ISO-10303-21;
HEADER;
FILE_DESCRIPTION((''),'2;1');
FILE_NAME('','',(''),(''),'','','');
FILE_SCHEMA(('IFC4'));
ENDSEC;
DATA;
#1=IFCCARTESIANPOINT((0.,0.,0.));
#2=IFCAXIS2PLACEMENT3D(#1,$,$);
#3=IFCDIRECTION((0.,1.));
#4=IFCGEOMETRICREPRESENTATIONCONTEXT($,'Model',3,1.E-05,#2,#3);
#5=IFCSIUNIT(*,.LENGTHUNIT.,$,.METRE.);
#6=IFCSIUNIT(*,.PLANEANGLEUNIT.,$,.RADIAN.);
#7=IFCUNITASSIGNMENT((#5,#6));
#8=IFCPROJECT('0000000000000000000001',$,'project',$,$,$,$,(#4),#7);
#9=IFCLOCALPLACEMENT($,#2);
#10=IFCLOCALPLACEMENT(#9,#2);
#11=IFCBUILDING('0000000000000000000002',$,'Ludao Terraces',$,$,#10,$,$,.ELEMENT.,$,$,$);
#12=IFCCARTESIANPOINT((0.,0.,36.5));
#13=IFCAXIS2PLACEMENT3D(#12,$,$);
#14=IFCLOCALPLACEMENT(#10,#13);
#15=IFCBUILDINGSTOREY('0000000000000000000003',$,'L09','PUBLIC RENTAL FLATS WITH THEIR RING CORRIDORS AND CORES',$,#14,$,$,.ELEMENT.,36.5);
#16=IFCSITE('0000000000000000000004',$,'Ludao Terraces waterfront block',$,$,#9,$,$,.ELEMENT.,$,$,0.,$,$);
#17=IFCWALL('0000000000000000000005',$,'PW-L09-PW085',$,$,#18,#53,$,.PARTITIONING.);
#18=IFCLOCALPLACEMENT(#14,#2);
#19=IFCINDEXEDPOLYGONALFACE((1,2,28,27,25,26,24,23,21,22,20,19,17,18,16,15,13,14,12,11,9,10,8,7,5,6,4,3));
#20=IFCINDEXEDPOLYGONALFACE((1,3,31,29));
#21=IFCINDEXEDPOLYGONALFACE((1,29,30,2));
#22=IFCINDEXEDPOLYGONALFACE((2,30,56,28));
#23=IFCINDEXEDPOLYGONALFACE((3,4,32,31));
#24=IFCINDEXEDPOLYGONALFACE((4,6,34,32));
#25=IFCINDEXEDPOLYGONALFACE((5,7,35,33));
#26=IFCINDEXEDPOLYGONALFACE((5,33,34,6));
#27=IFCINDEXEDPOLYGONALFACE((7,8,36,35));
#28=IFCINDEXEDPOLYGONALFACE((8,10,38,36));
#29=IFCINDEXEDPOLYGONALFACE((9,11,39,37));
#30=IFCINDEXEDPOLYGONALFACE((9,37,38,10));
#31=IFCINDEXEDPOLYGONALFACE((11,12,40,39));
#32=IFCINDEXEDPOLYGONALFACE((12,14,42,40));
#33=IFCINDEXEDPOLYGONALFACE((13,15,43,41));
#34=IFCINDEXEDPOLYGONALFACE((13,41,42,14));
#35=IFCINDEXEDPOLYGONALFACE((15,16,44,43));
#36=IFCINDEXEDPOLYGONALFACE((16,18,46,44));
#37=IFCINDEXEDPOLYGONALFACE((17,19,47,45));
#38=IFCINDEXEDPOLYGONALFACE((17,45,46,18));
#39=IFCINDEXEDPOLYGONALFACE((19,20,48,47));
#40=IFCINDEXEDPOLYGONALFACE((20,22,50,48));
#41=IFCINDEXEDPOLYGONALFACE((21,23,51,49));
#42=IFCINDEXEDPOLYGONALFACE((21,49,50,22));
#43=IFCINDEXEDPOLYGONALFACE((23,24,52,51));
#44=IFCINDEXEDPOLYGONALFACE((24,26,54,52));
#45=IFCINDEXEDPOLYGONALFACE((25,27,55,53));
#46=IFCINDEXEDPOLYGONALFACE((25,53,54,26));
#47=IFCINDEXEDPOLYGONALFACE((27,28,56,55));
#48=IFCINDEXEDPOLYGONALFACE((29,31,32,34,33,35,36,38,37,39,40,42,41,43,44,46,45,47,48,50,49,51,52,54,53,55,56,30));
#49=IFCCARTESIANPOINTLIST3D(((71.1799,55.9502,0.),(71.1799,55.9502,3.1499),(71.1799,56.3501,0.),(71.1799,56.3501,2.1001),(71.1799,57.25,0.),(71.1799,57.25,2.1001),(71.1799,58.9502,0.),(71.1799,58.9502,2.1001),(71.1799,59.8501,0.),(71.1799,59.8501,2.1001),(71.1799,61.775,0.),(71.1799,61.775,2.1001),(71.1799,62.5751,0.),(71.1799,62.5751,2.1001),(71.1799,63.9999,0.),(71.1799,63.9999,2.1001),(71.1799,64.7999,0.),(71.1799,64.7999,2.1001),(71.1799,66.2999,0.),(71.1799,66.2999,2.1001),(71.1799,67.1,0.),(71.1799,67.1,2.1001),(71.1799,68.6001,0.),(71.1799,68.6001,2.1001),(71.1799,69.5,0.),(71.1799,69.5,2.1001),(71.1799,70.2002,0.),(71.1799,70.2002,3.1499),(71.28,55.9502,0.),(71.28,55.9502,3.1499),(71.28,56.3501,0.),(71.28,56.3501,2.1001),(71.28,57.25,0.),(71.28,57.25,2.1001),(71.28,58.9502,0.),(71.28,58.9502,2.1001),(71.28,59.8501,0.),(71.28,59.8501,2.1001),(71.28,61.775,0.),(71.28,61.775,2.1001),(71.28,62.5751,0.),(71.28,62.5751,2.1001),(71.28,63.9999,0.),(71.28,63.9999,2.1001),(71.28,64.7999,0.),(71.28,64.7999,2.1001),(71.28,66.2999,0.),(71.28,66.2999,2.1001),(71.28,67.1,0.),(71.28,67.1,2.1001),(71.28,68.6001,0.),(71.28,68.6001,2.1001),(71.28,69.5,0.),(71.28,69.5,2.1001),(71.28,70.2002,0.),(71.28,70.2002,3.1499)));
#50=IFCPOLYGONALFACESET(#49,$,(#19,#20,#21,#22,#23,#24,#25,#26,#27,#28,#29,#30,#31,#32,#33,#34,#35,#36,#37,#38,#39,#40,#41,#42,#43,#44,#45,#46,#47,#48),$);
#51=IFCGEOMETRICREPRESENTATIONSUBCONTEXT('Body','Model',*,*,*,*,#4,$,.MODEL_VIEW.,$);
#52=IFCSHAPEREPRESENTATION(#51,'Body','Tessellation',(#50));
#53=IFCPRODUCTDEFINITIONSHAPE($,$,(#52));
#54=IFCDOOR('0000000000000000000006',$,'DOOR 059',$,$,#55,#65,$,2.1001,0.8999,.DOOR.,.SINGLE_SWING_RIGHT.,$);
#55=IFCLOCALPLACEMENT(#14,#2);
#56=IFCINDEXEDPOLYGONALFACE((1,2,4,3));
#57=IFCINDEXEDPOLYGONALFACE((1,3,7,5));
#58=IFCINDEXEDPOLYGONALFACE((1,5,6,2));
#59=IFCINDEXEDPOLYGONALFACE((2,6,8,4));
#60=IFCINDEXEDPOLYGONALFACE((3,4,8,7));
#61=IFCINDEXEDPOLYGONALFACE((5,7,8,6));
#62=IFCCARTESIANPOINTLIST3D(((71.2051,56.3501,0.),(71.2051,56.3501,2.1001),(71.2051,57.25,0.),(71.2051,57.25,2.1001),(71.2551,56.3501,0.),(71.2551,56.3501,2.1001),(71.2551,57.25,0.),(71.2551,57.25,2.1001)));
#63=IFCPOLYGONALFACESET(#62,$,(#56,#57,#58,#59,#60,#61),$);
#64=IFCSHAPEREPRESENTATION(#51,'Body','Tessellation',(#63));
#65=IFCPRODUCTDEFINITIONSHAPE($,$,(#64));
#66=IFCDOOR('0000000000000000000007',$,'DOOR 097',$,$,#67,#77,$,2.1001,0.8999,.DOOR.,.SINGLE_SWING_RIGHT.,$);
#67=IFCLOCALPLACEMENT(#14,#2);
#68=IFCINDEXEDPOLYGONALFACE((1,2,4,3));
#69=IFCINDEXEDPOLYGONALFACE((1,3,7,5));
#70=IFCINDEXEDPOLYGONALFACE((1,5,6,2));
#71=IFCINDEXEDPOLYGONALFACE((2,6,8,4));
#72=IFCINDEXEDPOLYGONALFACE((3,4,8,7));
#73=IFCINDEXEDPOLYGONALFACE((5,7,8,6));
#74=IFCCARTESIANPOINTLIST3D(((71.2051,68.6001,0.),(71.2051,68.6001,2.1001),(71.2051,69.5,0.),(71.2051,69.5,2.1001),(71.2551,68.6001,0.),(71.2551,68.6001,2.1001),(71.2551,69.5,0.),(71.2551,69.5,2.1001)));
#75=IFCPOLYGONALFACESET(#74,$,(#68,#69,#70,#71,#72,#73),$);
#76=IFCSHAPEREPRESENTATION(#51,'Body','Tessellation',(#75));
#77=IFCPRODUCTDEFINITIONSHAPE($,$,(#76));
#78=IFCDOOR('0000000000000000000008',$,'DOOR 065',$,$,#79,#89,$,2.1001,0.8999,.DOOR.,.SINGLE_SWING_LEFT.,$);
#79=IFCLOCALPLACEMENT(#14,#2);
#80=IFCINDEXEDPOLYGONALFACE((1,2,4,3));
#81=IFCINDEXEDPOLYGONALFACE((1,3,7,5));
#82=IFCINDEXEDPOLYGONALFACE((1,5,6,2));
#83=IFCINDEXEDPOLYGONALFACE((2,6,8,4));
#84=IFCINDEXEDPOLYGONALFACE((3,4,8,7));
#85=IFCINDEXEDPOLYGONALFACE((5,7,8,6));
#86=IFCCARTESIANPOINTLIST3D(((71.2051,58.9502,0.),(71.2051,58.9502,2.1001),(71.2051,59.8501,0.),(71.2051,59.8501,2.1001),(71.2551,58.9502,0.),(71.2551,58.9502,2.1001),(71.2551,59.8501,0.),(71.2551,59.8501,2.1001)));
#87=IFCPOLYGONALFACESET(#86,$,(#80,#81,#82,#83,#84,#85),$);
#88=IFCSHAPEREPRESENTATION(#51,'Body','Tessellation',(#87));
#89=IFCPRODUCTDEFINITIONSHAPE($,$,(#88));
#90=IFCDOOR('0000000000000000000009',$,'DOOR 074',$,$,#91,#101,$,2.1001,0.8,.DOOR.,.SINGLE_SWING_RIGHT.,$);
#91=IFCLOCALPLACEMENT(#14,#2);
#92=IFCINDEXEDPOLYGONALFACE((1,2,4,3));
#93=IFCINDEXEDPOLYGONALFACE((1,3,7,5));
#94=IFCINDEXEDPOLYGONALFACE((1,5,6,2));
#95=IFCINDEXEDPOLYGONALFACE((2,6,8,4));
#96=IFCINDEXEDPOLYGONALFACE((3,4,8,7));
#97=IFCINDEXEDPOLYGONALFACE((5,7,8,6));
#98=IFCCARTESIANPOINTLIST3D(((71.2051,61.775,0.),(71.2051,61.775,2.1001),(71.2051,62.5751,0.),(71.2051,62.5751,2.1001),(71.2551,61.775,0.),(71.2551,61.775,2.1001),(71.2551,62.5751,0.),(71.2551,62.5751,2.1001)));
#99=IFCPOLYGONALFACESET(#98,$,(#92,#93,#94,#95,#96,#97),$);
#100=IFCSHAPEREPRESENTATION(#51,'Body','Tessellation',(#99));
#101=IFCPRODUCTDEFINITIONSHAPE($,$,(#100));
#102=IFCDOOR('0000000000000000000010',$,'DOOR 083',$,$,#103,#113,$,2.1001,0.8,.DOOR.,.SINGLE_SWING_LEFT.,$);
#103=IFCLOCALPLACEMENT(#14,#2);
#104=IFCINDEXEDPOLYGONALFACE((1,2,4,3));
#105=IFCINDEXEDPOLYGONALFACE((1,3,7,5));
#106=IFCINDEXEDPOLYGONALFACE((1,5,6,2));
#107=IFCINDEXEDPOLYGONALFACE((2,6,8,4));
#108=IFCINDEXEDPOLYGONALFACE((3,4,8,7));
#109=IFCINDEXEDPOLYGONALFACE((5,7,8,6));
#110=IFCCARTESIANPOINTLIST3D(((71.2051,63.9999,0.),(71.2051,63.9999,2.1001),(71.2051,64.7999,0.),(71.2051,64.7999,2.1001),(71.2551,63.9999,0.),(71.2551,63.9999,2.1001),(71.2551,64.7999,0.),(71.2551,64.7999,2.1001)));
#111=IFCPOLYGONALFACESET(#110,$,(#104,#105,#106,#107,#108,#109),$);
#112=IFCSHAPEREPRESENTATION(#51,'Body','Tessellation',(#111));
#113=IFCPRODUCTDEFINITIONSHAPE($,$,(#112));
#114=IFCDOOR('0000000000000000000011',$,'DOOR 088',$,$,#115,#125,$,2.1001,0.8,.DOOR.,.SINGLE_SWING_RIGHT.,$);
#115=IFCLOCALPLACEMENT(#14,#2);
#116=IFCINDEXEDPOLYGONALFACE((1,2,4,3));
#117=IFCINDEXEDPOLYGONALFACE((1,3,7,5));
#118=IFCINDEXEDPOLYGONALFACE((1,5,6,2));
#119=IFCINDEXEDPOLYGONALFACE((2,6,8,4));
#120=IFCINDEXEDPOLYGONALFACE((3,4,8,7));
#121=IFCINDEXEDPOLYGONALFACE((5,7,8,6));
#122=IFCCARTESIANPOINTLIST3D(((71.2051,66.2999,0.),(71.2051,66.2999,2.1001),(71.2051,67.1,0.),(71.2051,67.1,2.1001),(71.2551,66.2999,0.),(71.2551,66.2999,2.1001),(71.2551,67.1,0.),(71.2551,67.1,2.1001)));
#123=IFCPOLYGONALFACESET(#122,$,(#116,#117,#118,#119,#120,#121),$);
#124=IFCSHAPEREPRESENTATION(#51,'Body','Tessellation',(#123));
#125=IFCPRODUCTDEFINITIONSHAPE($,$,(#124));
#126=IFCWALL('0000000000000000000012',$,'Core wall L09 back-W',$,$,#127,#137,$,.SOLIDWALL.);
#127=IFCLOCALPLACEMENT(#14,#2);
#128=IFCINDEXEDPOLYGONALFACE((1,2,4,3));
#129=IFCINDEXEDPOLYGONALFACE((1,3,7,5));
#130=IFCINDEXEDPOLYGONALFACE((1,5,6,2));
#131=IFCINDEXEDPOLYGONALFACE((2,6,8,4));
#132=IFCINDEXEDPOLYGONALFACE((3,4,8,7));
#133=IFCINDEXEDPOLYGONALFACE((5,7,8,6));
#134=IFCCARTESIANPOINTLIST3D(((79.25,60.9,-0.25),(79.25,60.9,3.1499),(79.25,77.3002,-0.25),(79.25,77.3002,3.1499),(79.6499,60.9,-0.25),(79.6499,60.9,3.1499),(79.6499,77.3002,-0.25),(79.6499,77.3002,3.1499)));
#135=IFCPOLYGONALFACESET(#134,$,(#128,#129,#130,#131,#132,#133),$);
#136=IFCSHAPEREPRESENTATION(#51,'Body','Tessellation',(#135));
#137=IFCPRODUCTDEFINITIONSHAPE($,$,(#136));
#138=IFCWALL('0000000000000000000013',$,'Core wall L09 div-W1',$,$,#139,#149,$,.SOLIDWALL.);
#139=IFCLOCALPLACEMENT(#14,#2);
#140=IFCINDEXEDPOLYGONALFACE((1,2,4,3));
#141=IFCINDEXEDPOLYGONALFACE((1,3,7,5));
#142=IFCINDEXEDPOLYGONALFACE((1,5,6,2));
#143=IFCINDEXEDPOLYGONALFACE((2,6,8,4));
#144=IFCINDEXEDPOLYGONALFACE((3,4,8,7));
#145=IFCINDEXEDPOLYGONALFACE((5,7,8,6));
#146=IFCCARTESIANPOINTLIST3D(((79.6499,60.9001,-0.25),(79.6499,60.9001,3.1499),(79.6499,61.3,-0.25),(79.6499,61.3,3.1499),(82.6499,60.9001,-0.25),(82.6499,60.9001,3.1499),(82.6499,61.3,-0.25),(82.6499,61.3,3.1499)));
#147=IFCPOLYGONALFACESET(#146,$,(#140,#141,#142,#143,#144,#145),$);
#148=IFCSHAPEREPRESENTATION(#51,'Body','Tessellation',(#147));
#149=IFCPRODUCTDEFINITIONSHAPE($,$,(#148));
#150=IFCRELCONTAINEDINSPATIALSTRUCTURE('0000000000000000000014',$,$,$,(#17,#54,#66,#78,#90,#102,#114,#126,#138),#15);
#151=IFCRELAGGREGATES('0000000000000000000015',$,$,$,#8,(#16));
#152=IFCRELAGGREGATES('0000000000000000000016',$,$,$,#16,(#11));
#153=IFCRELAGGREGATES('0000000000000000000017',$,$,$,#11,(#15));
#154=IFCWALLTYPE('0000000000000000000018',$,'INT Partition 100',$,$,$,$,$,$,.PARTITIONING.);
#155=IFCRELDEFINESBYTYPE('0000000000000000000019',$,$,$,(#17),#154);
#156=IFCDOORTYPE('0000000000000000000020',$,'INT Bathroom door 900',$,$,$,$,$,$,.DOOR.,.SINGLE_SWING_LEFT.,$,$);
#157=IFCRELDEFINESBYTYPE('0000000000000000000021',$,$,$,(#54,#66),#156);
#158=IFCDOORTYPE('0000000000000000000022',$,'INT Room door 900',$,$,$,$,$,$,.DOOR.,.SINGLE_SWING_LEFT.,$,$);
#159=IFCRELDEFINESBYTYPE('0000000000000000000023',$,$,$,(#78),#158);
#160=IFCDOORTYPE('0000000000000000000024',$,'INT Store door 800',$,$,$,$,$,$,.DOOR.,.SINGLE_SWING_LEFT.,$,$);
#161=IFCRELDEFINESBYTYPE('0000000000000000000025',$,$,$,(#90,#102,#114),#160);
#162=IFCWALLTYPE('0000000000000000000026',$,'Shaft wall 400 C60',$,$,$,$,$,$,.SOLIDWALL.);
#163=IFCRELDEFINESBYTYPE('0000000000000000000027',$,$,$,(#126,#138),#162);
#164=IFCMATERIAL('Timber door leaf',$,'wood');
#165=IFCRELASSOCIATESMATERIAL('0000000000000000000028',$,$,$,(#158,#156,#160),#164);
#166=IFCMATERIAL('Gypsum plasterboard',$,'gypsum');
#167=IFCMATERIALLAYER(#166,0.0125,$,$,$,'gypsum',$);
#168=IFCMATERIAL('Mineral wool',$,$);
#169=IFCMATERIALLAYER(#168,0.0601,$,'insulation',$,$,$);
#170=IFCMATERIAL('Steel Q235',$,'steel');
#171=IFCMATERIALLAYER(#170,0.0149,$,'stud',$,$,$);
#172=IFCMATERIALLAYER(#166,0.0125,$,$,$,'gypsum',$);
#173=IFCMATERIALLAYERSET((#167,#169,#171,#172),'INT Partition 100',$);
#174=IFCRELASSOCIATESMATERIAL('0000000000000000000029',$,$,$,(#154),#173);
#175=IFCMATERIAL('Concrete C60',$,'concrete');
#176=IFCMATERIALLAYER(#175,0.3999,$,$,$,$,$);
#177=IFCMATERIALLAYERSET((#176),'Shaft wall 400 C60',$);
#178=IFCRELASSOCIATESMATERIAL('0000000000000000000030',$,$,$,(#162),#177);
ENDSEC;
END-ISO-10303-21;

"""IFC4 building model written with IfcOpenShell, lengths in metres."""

from ifc_helpers import new_model, si_unit, direction, frame, frame_2d, origin, place, context, subcontext, project, spatial, rectangle, extrude, material, layer, layer_set, type_object, element, fill, save


model = new_model("IFC4")

# Units and contexts
model_context = context("Model", 3, precision=1e-05, world=origin(), true_north=direction((0.0, 1.0)))
body_context = subcontext(model_context, "Body", "Model", "MODEL_VIEW")
ifc_project = project(units=[si_unit("LENGTHUNIT", "METRE"), si_unit("PLANEANGLEUNIT", "RADIAN")], contexts=[model_context])

# Site, building, storey
site_placement = place(None, origin())
site = spatial("IfcSite", under=ifc_project, at=site_placement, Name="Ludao Terraces waterfront block", CompositionType="ELEMENT", RefElevation=0.0)
building_placement = place(site_placement, origin())
building = spatial("IfcBuilding", under=site, at=building_placement, Name="Ludao Terraces", CompositionType="ELEMENT")
storey_placement = place(building_placement, frame((0.0, 0.0, 36.5)))
storey = spatial("IfcBuildingStorey", under=building, at=storey_placement, Name="L09", Description="PUBLIC RENTAL FLATS WITH THEIR RING CORRIDORS AND CORES", CompositionType="ELEMENT", Elevation=36.5)

# Shared definitions
ifc_material_1 = material(Name="Concrete C60", Category="concrete")

# Shared definitions
ifc_material_2 = material(Name="Steel Q235", Category="steel")
ifc_material_3 = material(Name="Mineral wool")
ifc_material_4 = material(Name="Timber door leaf", Category="wood")
door_type_1 = type_object("IfcDoorType", Name="INT Room door 900", OperationType="SINGLE_SWING_LEFT", PredefinedType="DOOR", material=ifc_material_4)

# Shared definitions
ifc_material_5 = material(Name="Gypsum plasterboard", Category="gypsum")
ifc_layer_1 = layer(ifc_material_5, 0.0125, Category="gypsum")
ifc_layer_2 = layer(ifc_material_3, 0.0601, Name="insulation")
ifc_layer_3 = layer(ifc_material_2, 0.0149, Name="stud")
ifc_layer_4 = layer(ifc_material_5, 0.0125, Category="gypsum")
ifc_layer_set_1 = layer_set([ifc_layer_1, ifc_layer_2, ifc_layer_3, ifc_layer_4], Name="INT Partition 100")
wall_type_1 = type_object("IfcWallType", Name="INT Partition 100", PredefinedType="PARTITIONING", material=ifc_layer_set_1)

# Wall, openings, doors
wall_1_placement = place(storey_placement, frame((71.23, 55.9502, 0.0), z_axis=(0.0, 0.0, 1.0), x_axis=(0.0, 1.0, 0.0)))
wall_1 = element("IfcWall", 1, at=wall_1_placement, inside=storey, type_object=wall_type_1, Name="PW-L09-PW085", PredefinedType="PARTITIONING", context=body_context, shape_type="SweptSolid", body=[
    extrude(rectangle(XDim=14.25, YDim=0.1001, at=frame_2d((7.125, 0.0))), origin(), (0.0, 0.0, 1.0), 3.1499),
])
opening_1_placement = place(wall_1_placement, frame((0.3999, 0.0, 0.0)))
opening_1 = element("IfcOpeningElement", 2, at=opening_1_placement, cuts=wall_1, PredefinedType="OPENING", context=body_context, shape_type="SweptSolid", body=[
    extrude(rectangle(XDim=0.8999, YDim=2.1001, at=frame_2d((0.45, 1.05))), frame((0.0, 0.0601, 0.0), z_axis=(0.0, -1.0, 0.0), x_axis=(1.0, 0.0, 0.0)), (0.0, 0.0, 1.0), 0.1201),
])
opening_2_placement = place(wall_1_placement, frame((3.0, 0.0, 0.0)))
opening_2 = element("IfcOpeningElement", 3, at=opening_2_placement, cuts=wall_1, PredefinedType="OPENING", context=body_context, shape_type="SweptSolid", body=[
    extrude(rectangle(XDim=0.8999, YDim=2.1001, at=frame_2d((0.45, 1.05))), frame((0.0, 0.0601, 0.0), z_axis=(0.0, -1.0, 0.0), x_axis=(1.0, 0.0, 0.0)), (0.0, 0.0, 1.0), 0.1201),
])
opening_3_placement = place(wall_1_placement, frame((5.825, 0.0, 0.0)))
opening_3 = element("IfcOpeningElement", 4, at=opening_3_placement, cuts=wall_1, PredefinedType="OPENING", context=body_context, shape_type="SweptSolid", body=[
    extrude(rectangle(XDim=0.8, YDim=2.1001, at=frame_2d((0.3999, 1.05))), frame((0.0, 0.0601, 0.0), z_axis=(0.0, -1.0, 0.0), x_axis=(1.0, 0.0, 0.0)), (0.0, 0.0, 1.0), 0.1201),
])
opening_4_placement = place(wall_1_placement, frame((8.0498, 0.0, 0.0)))
opening_4 = element("IfcOpeningElement", 5, at=opening_4_placement, cuts=wall_1, PredefinedType="OPENING", context=body_context, shape_type="SweptSolid", body=[
    extrude(rectangle(XDim=0.8, YDim=2.1001, at=frame_2d((0.3999, 1.05))), frame((0.0, 0.0601, 0.0), z_axis=(0.0, -1.0, 0.0), x_axis=(1.0, 0.0, 0.0)), (0.0, 0.0, 1.0), 0.1201),
])
opening_5_placement = place(wall_1_placement, frame((10.3499, 0.0, 0.0)))
opening_5 = element("IfcOpeningElement", 6, at=opening_5_placement, cuts=wall_1, PredefinedType="OPENING", context=body_context, shape_type="SweptSolid", body=[
    extrude(rectangle(XDim=0.8, YDim=2.1001, at=frame_2d((0.3999, 1.05))), frame((0.0, 0.0601, 0.0), z_axis=(0.0, -1.0, 0.0), x_axis=(1.0, 0.0, 0.0)), (0.0, 0.0, 1.0), 0.1201),
])
opening_6_placement = place(wall_1_placement, frame((12.6499, 0.0, 0.0)))
opening_6 = element("IfcOpeningElement", 7, at=opening_6_placement, cuts=wall_1, PredefinedType="OPENING", context=body_context, shape_type="SweptSolid", body=[
    extrude(rectangle(XDim=0.8999, YDim=2.1001, at=frame_2d((0.45, 1.05))), frame((0.0, 0.0601, 0.0), z_axis=(0.0, -1.0, 0.0), x_axis=(1.0, 0.0, 0.0)), (0.0, 0.0, 1.0), 0.1201),
])
door_type_2 = type_object("IfcDoorType", Name="INT Bathroom door 900", OperationType="SINGLE_SWING_LEFT", PredefinedType="DOOR", material=ifc_material_4)
door_1_placement = place(opening_1_placement, origin())
door_1 = element("IfcDoor", 8, at=door_1_placement, inside=storey, type_object=door_type_2, Name="DOOR 059", OperationType="SINGLE_SWING_RIGHT", OverallHeight=2.1001, OverallWidth=0.8999, PredefinedType="DOOR", context=body_context, shape_type="SweptSolid", body=[
    extrude(rectangle(XDim=0.8999, YDim=2.1001, at=frame_2d((0.45, 1.05))), frame((0.0, 0.0249, 0.0), z_axis=(0.0, -1.0, 0.0), x_axis=(1.0, 0.0, 0.0)), (0.0, 0.0, 1.0), 0.05),
])
fill(opening_1, door_1)
door_2_placement = place(opening_6_placement, origin())
door_2 = element("IfcDoor", 9, at=door_2_placement, inside=storey, type_object=door_type_2, Name="DOOR 097", OperationType="SINGLE_SWING_RIGHT", OverallHeight=2.1001, OverallWidth=0.8999, PredefinedType="DOOR", context=body_context, shape_type="SweptSolid", body=[
    extrude(rectangle(XDim=0.8999, YDim=2.1001, at=frame_2d((0.45, 1.05))), frame((0.0, 0.0249, 0.0), z_axis=(0.0, -1.0, 0.0), x_axis=(1.0, 0.0, 0.0)), (0.0, 0.0, 1.0), 0.05),
])
fill(opening_6, door_2)
door_3_placement = place(opening_2_placement, origin())
door_3 = element("IfcDoor", 10, at=door_3_placement, inside=storey, type_object=door_type_1, Name="DOOR 065", OperationType="SINGLE_SWING_LEFT", OverallHeight=2.1001, OverallWidth=0.8999, PredefinedType="DOOR", context=body_context, shape_type="SweptSolid", body=[
    extrude(rectangle(XDim=0.8999, YDim=2.1001, at=frame_2d((0.45, 1.05))), frame((0.0, 0.0249, 0.0), z_axis=(0.0, -1.0, 0.0), x_axis=(1.0, 0.0, 0.0)), (0.0, 0.0, 1.0), 0.05),
])
fill(opening_2, door_3)
door_type_3 = type_object("IfcDoorType", Name="INT Store door 800", OperationType="SINGLE_SWING_LEFT", PredefinedType="DOOR", material=ifc_material_4)
door_4_placement = place(opening_3_placement, origin())
door_4 = element("IfcDoor", 11, at=door_4_placement, inside=storey, type_object=door_type_3, Name="DOOR 074", OperationType="SINGLE_SWING_RIGHT", OverallHeight=2.1001, OverallWidth=0.8, PredefinedType="DOOR", context=body_context, shape_type="SweptSolid", body=[
    extrude(rectangle(XDim=0.8, YDim=2.1001, at=frame_2d((0.3999, 1.05))), frame((0.0, 0.0249, 0.0), z_axis=(0.0, -1.0, 0.0), x_axis=(1.0, 0.0, 0.0)), (0.0, 0.0, 1.0), 0.05),
])
fill(opening_3, door_4)
door_5_placement = place(opening_4_placement, origin())
door_5 = element("IfcDoor", 12, at=door_5_placement, inside=storey, type_object=door_type_3, Name="DOOR 083", OperationType="SINGLE_SWING_LEFT", OverallHeight=2.1001, OverallWidth=0.8, PredefinedType="DOOR", context=body_context, shape_type="SweptSolid", body=[
    extrude(rectangle(XDim=0.8, YDim=2.1001, at=frame_2d((0.3999, 1.05))), frame((0.0, 0.0249, 0.0), z_axis=(0.0, -1.0, 0.0), x_axis=(1.0, 0.0, 0.0)), (0.0, 0.0, 1.0), 0.05),
])
fill(opening_4, door_5)
door_6_placement = place(opening_5_placement, origin())
door_6 = element("IfcDoor", 13, at=door_6_placement, inside=storey, type_object=door_type_3, Name="DOOR 088", OperationType="SINGLE_SWING_RIGHT", OverallHeight=2.1001, OverallWidth=0.8, PredefinedType="DOOR", context=body_context, shape_type="SweptSolid", body=[
    extrude(rectangle(XDim=0.8, YDim=2.1001, at=frame_2d((0.3999, 1.05))), frame((0.0, 0.0249, 0.0), z_axis=(0.0, -1.0, 0.0), x_axis=(1.0, 0.0, 0.0)), (0.0, 0.0, 1.0), 0.05),
])
fill(opening_5, door_6)

# Walls
ifc_layer_5 = layer(ifc_material_1, 0.3999)
ifc_layer_set_2 = layer_set([ifc_layer_5], Name="Shaft wall 400 C60")
wall_type_2 = type_object("IfcWallType", Name="Shaft wall 400 C60", PredefinedType="SOLIDWALL", material=ifc_layer_set_2)
wall_2_placement = place(storey_placement, frame((79.45, 60.8999, -0.25), z_axis=(0.0, 0.0, 1.0), x_axis=(0.0, 1.0, 0.0)))
element("IfcWall", 14, at=wall_2_placement, inside=storey, type_object=wall_type_2, Name="Core wall L09 back-W", PredefinedType="SOLIDWALL", context=body_context, shape_type="SweptSolid", body=[
    extrude(rectangle(XDim=16.4001, YDim=0.3999, at=frame_2d((8.2002, 0.0))), origin(), (0.0, 0.0, 1.0), 3.3999),
])
wall_3_placement = place(storey_placement, frame((79.6499, 61.1001, -0.25), z_axis=(0.0, 0.0, 1.0), x_axis=(1.0, 0.0, 0.0)))
element("IfcWall", 15, at=wall_3_placement, inside=storey, type_object=wall_type_2, Name="Core wall L09 div-W1", PredefinedType="SOLIDWALL", context=body_context, shape_type="SweptSolid", body=[
    extrude(rectangle(XDim=3.0, YDim=0.3999, at=frame_2d((1.5, 0.0))), origin(), (0.0, 0.0, 1.0), 3.3999),
])

save(model, "model.ifc")
